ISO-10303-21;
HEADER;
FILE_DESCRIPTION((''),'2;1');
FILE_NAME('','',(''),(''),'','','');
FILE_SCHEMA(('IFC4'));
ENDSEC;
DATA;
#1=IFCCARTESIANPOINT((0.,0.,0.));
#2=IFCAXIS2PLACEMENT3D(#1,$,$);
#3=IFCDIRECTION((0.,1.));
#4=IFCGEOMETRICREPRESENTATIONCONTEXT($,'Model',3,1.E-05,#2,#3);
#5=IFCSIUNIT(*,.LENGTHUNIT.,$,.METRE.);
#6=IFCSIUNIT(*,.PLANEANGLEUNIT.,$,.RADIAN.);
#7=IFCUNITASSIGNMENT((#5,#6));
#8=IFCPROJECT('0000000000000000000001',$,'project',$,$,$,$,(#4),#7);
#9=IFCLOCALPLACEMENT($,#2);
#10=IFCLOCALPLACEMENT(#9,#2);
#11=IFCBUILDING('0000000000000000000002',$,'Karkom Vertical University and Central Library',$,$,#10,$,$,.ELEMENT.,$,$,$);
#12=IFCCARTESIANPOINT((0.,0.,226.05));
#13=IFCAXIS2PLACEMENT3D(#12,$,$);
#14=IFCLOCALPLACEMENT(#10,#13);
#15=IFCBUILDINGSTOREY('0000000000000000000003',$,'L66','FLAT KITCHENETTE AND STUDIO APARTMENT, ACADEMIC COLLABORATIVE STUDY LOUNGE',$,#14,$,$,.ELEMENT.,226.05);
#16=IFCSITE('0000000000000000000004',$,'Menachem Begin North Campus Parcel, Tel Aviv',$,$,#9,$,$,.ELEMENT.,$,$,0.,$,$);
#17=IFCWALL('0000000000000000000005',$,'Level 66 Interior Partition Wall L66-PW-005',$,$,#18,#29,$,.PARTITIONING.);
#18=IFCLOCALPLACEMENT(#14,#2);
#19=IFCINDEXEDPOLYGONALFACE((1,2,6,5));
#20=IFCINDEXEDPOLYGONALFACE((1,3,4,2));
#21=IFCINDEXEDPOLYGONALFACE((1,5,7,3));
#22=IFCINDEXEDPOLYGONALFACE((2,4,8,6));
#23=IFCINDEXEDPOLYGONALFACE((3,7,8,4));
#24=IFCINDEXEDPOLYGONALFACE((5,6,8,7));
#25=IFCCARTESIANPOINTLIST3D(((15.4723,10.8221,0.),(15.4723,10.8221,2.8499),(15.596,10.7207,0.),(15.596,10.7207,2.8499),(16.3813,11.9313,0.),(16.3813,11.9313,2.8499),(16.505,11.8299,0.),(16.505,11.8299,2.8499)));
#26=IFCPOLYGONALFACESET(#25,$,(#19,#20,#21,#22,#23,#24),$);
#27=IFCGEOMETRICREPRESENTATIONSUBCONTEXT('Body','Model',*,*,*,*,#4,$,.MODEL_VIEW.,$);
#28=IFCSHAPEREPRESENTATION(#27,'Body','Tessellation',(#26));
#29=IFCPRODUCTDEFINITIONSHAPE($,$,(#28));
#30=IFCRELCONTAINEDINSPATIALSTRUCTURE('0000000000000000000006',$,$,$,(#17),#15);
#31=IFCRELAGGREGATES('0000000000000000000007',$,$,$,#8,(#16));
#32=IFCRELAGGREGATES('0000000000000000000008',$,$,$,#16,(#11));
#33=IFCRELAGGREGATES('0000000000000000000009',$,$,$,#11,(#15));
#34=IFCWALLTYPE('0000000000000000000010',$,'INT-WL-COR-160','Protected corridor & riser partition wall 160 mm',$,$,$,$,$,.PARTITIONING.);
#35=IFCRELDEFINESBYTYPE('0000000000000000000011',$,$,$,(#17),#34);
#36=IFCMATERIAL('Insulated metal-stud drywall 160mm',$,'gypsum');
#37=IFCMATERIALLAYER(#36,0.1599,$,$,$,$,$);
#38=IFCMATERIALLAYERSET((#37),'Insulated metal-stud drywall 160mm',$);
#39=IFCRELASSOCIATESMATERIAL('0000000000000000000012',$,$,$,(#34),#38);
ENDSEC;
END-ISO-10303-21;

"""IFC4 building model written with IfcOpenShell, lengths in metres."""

from ifc_helpers import new_model, si_unit, direction, frame, frame_2d, origin, place, context, subcontext, project, spatial, rectangle, extrude, material, layer, layer_set, type_object, element, save


model = new_model("IFC4")

# Units and contexts
model_context = context("Model", 3, precision=1e-05, world=origin(), true_north=direction((0.0, 1.0)))
body_context = subcontext(model_context, "Body", "Model", "MODEL_VIEW")
ifc_project = project(units=[si_unit("LENGTHUNIT", "METRE"), si_unit("PLANEANGLEUNIT", "RADIAN")], contexts=[model_context])

# Site, building, storey
site_placement = place(None, origin())
site = spatial("IfcSite", under=ifc_project, at=site_placement, Name="Menachem Begin North Campus Parcel, Tel Aviv", CompositionType="ELEMENT", RefElevation=0.0)
building_placement = place(site_placement, origin())
building = spatial("IfcBuilding", under=site, at=building_placement, Name="Karkom Vertical University and Central Library", CompositionType="ELEMENT")
storey_placement = place(building_placement, frame((0.0, 0.0, 226.05)))
storey = spatial("IfcBuildingStorey", under=building, at=storey_placement, Name="L66", Description="FLAT KITCHENETTE AND STUDIO APARTMENT, ACADEMIC COLLABORATIVE STUDY LOUNGE", CompositionType="ELEMENT", Elevation=226.05)

# Shared definitions
ifc_material_1 = material(Name="Insulated metal-stud drywall 160mm", Category="gypsum")
ifc_layer_1 = layer(ifc_material_1, 0.1599)
ifc_layer_set_1 = layer_set([ifc_layer_1], Name="Insulated metal-stud drywall 160mm")
wall_type_1 = type_object("IfcWallType", Name="INT-WL-COR-160", Description="Protected corridor & riser partition wall 160 mm", PredefinedType="PARTITIONING", material=ifc_layer_set_1)

# Wall
wall_1_placement = place(storey_placement, frame((16.4431, 11.8806, 0.0), z_axis=(0.0, 0.0, 1.0), x_axis=(-0.633849, -0.773456, 0.0)))
element("IfcWall", 1, at=wall_1_placement, inside=storey, type_object=wall_type_1, Name="Level 66 Interior Partition Wall L66-PW-005", PredefinedType="PARTITIONING", context=body_context, shape_type="SweptSolid", body=[
    extrude(rectangle(XDim=1.4341, YDim=0.1599, at=frame_2d((0.717, 0.0))), origin(), (0.0, 0.0, 1.0), 2.8499),
])

save(model, "model.ifc")
